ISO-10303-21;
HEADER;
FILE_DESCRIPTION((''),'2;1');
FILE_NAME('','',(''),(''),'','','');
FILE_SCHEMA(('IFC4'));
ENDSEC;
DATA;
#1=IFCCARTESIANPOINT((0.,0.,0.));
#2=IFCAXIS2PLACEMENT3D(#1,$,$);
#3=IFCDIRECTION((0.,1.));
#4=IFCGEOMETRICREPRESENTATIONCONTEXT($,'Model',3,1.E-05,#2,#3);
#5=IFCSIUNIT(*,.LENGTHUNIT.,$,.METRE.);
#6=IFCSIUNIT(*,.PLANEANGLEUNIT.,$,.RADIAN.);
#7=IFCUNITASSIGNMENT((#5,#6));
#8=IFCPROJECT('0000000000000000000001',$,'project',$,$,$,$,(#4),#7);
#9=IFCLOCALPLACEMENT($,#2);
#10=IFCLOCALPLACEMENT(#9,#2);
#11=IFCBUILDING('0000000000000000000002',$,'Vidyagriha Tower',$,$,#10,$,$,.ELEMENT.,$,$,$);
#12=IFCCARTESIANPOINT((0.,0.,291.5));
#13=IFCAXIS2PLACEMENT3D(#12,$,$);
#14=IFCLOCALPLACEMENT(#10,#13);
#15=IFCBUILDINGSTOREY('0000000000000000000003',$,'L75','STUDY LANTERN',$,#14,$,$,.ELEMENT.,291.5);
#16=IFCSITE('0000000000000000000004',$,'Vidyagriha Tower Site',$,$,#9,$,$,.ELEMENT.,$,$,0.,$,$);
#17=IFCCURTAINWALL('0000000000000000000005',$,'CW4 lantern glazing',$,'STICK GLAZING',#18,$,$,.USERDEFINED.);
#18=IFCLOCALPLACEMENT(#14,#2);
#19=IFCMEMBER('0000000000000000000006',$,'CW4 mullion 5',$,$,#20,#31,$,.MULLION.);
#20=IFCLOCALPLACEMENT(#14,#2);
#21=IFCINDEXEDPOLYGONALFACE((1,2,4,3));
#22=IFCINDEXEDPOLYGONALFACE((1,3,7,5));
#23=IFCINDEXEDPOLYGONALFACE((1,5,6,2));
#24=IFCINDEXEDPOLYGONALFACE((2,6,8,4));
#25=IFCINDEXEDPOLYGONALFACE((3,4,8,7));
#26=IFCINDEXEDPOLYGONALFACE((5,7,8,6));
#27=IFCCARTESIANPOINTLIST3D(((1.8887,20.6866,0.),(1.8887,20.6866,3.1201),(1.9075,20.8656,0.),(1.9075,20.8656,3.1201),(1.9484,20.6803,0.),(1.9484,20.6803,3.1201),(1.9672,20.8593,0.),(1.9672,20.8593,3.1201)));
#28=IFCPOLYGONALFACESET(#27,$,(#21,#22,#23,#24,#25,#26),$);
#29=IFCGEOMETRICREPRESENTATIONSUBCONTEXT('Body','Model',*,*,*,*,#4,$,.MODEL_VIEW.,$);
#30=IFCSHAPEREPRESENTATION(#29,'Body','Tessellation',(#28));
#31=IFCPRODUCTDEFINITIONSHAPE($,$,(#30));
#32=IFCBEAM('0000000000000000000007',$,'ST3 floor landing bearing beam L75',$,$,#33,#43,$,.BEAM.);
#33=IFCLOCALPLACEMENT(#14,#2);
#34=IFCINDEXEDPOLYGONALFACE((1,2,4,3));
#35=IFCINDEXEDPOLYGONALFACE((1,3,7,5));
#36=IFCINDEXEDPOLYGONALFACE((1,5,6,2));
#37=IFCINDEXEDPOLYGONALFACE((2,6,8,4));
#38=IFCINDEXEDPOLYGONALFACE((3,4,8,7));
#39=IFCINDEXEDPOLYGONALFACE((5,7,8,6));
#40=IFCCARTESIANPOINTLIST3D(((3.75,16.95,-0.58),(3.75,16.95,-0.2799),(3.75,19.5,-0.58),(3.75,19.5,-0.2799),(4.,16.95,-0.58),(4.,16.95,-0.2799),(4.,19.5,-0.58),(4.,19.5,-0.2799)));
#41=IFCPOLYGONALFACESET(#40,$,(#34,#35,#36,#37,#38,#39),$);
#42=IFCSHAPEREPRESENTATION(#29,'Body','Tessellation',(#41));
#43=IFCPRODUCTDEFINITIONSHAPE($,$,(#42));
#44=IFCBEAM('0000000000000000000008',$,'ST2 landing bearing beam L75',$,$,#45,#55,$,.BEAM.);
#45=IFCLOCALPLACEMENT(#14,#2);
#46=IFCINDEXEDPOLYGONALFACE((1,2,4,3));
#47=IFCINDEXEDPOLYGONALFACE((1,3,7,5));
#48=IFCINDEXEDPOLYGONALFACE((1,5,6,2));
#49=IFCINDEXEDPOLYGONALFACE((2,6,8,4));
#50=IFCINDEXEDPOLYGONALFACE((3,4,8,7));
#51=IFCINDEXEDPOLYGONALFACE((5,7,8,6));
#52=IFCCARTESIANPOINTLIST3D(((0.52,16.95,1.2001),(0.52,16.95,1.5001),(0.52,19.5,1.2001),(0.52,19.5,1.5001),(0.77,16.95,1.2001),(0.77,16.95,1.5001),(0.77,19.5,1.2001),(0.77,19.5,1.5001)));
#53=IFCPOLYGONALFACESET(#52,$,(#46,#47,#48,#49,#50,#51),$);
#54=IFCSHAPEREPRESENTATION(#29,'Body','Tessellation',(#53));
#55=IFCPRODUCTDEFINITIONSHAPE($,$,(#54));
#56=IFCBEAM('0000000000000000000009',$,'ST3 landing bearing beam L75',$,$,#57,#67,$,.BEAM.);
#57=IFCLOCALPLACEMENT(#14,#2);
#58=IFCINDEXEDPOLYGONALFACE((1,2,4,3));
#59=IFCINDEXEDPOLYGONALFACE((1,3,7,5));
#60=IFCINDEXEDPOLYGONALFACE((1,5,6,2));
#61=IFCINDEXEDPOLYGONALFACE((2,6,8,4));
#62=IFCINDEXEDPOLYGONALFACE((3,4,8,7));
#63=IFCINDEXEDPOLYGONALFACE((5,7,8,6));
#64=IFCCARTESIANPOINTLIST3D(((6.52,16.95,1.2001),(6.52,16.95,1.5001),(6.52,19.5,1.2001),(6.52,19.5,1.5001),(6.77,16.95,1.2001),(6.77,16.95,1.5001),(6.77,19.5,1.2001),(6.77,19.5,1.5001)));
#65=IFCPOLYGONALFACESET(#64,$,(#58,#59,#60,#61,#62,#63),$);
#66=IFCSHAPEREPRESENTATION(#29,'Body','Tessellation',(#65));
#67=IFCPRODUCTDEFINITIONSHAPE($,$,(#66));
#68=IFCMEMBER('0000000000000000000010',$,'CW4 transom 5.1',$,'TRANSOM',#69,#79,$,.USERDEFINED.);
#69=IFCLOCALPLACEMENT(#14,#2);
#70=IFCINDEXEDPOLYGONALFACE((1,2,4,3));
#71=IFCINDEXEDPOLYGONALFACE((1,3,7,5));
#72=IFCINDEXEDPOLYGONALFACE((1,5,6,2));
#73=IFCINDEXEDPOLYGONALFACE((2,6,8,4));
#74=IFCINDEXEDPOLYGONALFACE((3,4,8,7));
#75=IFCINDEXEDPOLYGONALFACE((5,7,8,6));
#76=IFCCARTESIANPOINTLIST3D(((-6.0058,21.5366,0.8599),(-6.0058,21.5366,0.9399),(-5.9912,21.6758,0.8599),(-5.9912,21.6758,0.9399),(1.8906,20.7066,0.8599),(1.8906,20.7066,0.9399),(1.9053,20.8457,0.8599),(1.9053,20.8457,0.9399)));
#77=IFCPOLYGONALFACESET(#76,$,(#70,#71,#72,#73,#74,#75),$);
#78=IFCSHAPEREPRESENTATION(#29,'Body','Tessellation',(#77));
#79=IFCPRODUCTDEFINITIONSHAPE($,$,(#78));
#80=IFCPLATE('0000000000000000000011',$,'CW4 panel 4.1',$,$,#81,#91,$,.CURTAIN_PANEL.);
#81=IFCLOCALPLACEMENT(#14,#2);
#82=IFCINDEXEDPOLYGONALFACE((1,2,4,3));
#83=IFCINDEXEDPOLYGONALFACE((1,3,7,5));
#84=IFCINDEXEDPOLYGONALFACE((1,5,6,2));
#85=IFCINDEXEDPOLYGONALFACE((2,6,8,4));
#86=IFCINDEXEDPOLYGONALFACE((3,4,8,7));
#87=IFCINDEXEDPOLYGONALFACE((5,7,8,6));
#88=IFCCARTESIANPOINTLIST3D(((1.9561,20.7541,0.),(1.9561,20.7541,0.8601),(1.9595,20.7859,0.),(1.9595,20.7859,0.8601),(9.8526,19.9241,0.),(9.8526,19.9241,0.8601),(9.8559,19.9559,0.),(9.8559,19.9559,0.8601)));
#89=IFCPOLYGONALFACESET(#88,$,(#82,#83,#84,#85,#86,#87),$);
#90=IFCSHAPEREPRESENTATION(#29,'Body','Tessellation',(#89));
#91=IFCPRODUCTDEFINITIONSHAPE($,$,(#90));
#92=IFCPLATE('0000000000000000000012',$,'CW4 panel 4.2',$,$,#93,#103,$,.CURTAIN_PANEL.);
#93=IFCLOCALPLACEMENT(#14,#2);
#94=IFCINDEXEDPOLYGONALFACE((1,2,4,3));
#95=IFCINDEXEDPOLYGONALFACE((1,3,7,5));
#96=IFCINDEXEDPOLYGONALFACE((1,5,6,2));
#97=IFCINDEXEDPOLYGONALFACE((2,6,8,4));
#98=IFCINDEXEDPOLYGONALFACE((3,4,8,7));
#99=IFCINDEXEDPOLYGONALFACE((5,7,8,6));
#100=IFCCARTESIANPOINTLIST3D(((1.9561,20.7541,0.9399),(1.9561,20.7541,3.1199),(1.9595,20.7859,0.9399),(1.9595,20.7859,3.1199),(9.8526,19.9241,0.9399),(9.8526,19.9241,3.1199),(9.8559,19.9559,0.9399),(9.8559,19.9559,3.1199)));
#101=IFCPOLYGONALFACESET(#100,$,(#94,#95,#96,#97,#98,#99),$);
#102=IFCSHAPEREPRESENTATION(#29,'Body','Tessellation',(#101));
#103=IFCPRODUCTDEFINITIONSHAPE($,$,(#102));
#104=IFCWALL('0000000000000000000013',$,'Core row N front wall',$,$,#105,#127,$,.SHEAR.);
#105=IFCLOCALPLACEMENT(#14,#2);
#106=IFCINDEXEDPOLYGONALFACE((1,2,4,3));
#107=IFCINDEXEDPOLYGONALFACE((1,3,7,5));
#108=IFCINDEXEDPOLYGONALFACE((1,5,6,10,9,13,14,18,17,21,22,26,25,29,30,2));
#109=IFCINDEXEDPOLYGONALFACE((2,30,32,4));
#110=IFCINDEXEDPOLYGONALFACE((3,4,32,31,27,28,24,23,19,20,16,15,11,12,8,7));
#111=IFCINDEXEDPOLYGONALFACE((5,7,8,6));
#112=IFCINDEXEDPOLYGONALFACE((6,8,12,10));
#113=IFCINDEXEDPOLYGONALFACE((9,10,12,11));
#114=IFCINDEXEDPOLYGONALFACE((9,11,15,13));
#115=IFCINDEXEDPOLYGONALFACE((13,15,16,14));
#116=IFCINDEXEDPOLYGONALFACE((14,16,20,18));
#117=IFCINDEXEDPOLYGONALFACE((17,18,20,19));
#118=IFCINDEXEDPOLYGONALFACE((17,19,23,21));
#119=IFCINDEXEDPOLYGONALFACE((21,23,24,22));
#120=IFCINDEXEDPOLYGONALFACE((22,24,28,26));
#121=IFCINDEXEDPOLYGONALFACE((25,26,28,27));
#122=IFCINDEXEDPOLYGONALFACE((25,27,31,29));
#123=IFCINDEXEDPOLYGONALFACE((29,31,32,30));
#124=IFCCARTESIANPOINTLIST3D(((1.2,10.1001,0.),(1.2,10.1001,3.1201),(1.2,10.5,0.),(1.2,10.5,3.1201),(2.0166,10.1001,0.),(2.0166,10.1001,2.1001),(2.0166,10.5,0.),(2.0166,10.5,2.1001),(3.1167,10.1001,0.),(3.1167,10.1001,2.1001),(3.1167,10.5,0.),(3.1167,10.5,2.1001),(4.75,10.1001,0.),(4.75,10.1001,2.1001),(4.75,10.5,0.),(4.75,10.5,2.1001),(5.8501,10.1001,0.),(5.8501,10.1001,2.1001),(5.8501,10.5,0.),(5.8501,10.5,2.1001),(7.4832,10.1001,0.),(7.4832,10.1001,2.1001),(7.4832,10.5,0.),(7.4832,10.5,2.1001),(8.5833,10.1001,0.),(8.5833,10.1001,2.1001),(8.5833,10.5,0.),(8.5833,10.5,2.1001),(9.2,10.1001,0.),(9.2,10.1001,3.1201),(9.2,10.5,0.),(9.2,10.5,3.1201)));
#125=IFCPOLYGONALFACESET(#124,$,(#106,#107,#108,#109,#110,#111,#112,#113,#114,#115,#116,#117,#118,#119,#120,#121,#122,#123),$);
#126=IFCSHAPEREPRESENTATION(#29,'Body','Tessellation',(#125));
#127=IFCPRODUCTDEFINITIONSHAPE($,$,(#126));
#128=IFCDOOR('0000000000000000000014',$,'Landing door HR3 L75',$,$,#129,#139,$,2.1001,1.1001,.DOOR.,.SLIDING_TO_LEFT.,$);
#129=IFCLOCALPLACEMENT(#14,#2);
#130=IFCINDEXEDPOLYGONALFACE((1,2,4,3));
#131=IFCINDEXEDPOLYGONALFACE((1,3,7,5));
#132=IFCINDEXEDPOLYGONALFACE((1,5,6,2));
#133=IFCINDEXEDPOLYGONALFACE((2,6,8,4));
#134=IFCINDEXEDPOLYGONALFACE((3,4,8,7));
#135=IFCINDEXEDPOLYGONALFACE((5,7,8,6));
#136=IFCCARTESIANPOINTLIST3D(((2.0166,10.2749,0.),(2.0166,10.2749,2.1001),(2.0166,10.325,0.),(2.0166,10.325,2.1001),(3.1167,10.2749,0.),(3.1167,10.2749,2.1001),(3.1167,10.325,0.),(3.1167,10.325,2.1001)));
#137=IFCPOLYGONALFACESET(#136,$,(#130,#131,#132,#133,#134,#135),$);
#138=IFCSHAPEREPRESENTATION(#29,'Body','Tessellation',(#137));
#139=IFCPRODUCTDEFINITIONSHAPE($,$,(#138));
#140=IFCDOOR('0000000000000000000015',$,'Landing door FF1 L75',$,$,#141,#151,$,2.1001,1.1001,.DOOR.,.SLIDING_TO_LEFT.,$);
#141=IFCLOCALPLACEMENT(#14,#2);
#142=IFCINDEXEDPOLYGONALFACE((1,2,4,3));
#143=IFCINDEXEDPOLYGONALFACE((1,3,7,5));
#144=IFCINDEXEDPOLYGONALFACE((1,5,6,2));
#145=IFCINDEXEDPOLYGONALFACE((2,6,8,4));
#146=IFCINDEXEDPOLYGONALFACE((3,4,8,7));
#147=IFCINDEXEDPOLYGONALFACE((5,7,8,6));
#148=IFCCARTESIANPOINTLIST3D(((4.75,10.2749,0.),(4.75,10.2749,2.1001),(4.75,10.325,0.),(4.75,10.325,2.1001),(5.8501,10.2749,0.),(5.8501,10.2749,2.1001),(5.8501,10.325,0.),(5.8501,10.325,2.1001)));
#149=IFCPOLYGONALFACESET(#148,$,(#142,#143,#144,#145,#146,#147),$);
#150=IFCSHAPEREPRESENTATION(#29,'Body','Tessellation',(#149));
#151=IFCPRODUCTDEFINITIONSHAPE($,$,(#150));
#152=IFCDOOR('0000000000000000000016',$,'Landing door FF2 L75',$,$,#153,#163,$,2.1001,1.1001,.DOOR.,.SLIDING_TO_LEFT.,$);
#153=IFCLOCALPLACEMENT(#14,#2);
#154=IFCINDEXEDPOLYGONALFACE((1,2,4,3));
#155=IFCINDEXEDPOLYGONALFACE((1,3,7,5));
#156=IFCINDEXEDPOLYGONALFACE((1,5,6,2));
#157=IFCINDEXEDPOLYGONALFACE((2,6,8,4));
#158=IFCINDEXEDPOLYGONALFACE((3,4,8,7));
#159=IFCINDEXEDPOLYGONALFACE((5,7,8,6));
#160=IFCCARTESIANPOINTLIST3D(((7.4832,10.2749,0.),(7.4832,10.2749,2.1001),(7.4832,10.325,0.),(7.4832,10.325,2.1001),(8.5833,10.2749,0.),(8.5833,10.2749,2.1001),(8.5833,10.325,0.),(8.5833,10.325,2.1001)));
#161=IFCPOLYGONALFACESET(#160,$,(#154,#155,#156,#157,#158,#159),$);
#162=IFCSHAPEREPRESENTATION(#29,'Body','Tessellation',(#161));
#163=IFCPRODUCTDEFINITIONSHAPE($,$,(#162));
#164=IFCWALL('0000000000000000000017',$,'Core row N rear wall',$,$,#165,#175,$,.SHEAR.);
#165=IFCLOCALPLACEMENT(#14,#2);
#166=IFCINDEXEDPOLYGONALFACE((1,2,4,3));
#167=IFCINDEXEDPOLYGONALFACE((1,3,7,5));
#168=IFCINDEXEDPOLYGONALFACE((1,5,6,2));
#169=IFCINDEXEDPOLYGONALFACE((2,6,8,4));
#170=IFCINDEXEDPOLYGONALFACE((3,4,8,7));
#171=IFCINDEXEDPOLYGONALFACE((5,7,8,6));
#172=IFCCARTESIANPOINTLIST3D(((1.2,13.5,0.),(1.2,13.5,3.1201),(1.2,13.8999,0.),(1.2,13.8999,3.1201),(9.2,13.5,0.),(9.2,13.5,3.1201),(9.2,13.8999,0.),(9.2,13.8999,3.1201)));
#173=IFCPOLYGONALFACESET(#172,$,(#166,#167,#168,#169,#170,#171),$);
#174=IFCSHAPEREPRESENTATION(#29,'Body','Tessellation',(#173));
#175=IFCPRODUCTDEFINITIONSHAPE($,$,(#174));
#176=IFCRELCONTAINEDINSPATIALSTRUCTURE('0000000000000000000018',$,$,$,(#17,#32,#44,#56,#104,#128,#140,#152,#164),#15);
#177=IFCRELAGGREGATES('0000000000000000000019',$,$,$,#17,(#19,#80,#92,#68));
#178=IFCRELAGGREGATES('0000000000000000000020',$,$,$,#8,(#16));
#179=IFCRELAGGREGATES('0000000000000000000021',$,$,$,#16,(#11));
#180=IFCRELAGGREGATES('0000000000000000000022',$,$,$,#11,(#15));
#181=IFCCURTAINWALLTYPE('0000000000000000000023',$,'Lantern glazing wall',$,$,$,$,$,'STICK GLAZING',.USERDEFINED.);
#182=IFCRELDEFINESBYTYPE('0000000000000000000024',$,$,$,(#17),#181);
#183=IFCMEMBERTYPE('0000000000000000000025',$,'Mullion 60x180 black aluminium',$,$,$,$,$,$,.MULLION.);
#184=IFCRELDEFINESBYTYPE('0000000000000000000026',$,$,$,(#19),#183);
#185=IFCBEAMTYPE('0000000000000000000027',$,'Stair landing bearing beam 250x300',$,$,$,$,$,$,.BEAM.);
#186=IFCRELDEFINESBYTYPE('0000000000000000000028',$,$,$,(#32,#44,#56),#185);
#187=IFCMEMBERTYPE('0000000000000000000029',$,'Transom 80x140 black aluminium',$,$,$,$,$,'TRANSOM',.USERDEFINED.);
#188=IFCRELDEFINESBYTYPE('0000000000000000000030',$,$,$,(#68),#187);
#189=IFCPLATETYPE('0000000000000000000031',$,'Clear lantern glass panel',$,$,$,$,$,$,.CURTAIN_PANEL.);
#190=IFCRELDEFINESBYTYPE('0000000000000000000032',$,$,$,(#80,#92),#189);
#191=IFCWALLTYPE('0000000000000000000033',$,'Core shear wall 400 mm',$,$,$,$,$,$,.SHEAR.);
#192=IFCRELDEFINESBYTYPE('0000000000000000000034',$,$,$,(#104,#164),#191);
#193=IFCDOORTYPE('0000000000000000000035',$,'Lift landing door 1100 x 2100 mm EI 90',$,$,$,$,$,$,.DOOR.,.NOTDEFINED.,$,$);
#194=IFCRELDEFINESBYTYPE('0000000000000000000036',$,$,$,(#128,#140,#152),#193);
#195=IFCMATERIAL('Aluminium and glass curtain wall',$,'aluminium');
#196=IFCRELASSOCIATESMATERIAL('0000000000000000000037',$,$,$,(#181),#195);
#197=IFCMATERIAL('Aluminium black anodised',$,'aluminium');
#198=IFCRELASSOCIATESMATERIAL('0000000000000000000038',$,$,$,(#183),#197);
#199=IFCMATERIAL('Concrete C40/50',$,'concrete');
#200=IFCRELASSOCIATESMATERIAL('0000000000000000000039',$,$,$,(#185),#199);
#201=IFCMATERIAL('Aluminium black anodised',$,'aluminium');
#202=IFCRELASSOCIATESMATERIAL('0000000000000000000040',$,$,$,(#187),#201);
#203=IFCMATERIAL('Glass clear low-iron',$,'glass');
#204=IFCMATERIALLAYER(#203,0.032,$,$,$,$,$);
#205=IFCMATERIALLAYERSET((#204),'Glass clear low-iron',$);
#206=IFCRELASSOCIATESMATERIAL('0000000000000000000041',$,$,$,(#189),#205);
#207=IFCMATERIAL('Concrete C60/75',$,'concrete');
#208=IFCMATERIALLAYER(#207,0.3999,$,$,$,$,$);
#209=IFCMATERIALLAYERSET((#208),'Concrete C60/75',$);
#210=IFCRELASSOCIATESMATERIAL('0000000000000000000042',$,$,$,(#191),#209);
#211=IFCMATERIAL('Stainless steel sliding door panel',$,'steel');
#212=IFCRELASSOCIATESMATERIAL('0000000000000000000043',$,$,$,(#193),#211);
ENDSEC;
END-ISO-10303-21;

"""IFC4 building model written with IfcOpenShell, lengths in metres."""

from ifc_helpers import new_model, si_unit, direction, frame, frame_2d, origin, origin_2d, place, context, subcontext, project, spatial, rectangle, extrude, material, layer, layer_set, material_profile, profile_set, type_object, element, fill, aggregate, save


model = new_model("IFC4")

# Units and contexts
model_context = context("Model", 3, precision=1e-05, world=origin(), true_north=direction((0.0, 1.0)))
body_context = subcontext(model_context, "Body", "Model", "MODEL_VIEW")
ifc_project = project(units=[si_unit("LENGTHUNIT", "METRE"), si_unit("PLANEANGLEUNIT", "RADIAN")], contexts=[model_context])

# Site, building, storey
site_placement = place(None, origin())
site = spatial("IfcSite", under=ifc_project, at=site_placement, Name="Vidyagriha Tower Site", CompositionType="ELEMENT", RefElevation=0.0)
building_placement = place(site_placement, origin())
building = spatial("IfcBuilding", under=site, at=building_placement, Name="Vidyagriha Tower", CompositionType="ELEMENT")
storey_placement = place(building_placement, frame((0.0, 0.0, 291.5)))
storey = spatial("IfcBuildingStorey", under=building, at=storey_placement, Name="L75", Description="STUDY LANTERN", CompositionType="ELEMENT", Elevation=291.5)

# Curtain wall, member
ifc_material_1 = material(Name="Aluminium and glass curtain wall", Category="aluminium")
curtain_wall_type = type_object("IfcCurtainWallType", Name="Lantern glazing wall", ElementType="STICK GLAZING", PredefinedType="USERDEFINED", material=ifc_material_1)
curtain_wall_placement = place(storey_placement, origin())
curtain_wall = element("IfcCurtainWall", 1, at=curtain_wall_placement, inside=storey, type_object=curtain_wall_type, Name="CW4 lantern glazing", ObjectType="STICK GLAZING", PredefinedType="USERDEFINED")
ifc_material_2 = material(Name="Aluminium black anodised", Category="aluminium")
ifc_material_profile_1 = material_profile(ifc_material_2, rectangle(XDim=0.1799, YDim=0.0601, at=origin_2d()), Name="Mullion 60x180 black aluminium")
ifc_profile_set_1 = profile_set([ifc_material_profile_1], Name="Aluminium black anodised")
member_type_1 = type_object("IfcMemberType", Name="Mullion 60x180 black aluminium", PredefinedType="MULLION", material=ifc_profile_set_1)
member_1_placement = place(storey_placement, frame((1.928, 20.7729, 0.0), z_axis=(0.0, 0.0, 1.0), x_axis=(-0.104528, -0.994522, 0.0)))
member_1 = element("IfcMember", 2, at=member_1_placement, type_object=member_type_1, Name="CW4 mullion 5", PredefinedType="MULLION", context=body_context, shape_type="SweptSolid", body=[
    extrude(rectangle(XDim=0.1799, YDim=0.0601, at=origin_2d()), origin(), (0.0, 0.0, 1.0), 3.1201),
])

# Beams
ifc_material_3 = material(Name="Concrete C40/50", Category="concrete")
ifc_material_profile_2 = material_profile(ifc_material_3, rectangle(XDim=0.25, YDim=0.3, at=origin_2d()), Name="Stair landing bearing beam 250x300")
ifc_profile_set_2 = profile_set([ifc_material_profile_2], Name="Concrete C40/50")
beam_type = type_object("IfcBeamType", Name="Stair landing bearing beam 250x300", PredefinedType="BEAM", material=ifc_profile_set_2)
for number, where, z_axis, x_axis, name in (
    (3, (3.875, 16.95, -0.4299), (0.0, 1.0, 0.0), (-1.0, 0.0, 0.0), "ST3 floor landing bearing beam L75"),
    (4, (0.645, 16.95, 1.3501), (0.0, 1.0, 0.0), (-1.0, 0.0, 0.0), "ST2 landing bearing beam L75"),
    (5, (6.645, 16.95, 1.3501), (0.0, 1.0, 0.0), (-1.0, 0.0, 0.0), "ST3 landing bearing beam L75"),
):
    element("IfcBeam", number, at=place(storey_placement, frame(where, z_axis=z_axis, x_axis=x_axis)), inside=storey, type_object=beam_type, Name=name, PredefinedType="BEAM", context=body_context, shape_type="SweptSolid", body=[
        extrude(rectangle(XDim=0.25, YDim=0.3, at=origin_2d()), origin(), (0.0, 0.0, 1.0), 2.55),
    ])

# Member
ifc_material_4 = material(Name="Aluminium black anodised", Category="aluminium")
ifc_material_profile_3 = material_profile(ifc_material_4, rectangle(XDim=0.1399, YDim=0.0801, at=origin_2d()), Name="Transom 80x140 black aluminium")
ifc_profile_set_3 = profile_set([ifc_material_profile_3], Name="Aluminium black anodised")
member_type_2 = type_object("IfcMemberType", Name="Transom 80x140 black aluminium", ElementType="TRANSOM", PredefinedType="USERDEFINED", material=ifc_profile_set_3)
member_2_placement = place(storey_placement, frame((1.8979, 20.7761, 0.8999), z_axis=(-0.99452, 0.104544, 0.0), x_axis=(-0.104544, -0.99452, 0.0)))
member_2 = element("IfcMember", 6, at=member_2_placement, type_object=member_type_2, Name="CW4 transom 5.1", ObjectType="TRANSOM", PredefinedType="USERDEFINED", context=body_context, shape_type="SweptSolid", body=[
    extrude(rectangle(XDim=0.1399, YDim=0.0801, at=origin_2d()), origin(), (0.0, 0.0, 1.0), 7.9399),
])

# Plates
ifc_material_5 = material(Name="Glass clear low-iron", Category="glass")
ifc_layer_1 = layer(ifc_material_5, 0.032)
ifc_layer_set_1 = layer_set([ifc_layer_1], Name="Glass clear low-iron")
plate_type = type_object("IfcPlateType", Name="Clear lantern glass panel", PredefinedType="CURTAIN_PANEL", material=ifc_layer_set_1)
plate_1_placement = place(storey_placement, frame((5.906, 20.355, 0.0), z_axis=(0.0, 0.0, 1.0), x_axis=(-0.994522, 0.104528, 0.0)))
plate_1 = element("IfcPlate", 7, at=plate_1_placement, type_object=plate_type, Name="CW4 panel 4.1", PredefinedType="CURTAIN_PANEL", context=body_context, shape_type="SweptSolid", body=[
    extrude(rectangle(XDim=7.9399, YDim=0.032, at=origin_2d()), origin(), (0.0, 0.0, 1.0), 0.8601),
])
plate_2_placement = place(storey_placement, frame((5.906, 20.355, 0.9399), z_axis=(0.0, 0.0, 1.0), x_axis=(-0.994522, 0.104528, 0.0)))
plate_2 = element("IfcPlate", 8, at=plate_2_placement, type_object=plate_type, Name="CW4 panel 4.2", PredefinedType="CURTAIN_PANEL", context=body_context, shape_type="SweptSolid", body=[
    extrude(rectangle(XDim=7.9399, YDim=0.032, at=origin_2d()), origin(), (0.0, 0.0, 1.0), 2.1799),
])
aggregate(curtain_wall, [member_1, plate_1, plate_2, member_2])

# Wall, openings, doors
ifc_material_6 = material(Name="Concrete C60/75", Category="concrete")
ifc_layer_2 = layer(ifc_material_6, 0.3999)
ifc_layer_set_2 = layer_set([ifc_layer_2], Name="Concrete C60/75")
wall_type_1 = type_object("IfcWallType", Name="Core shear wall 400 mm", PredefinedType="SHEAR", material=ifc_layer_set_2)
wall_1_placement = place(storey_placement, frame((1.2, 10.3, 0.0)))
wall_1 = element("IfcWall", 9, at=wall_1_placement, inside=storey, type_object=wall_type_1, Name="Core row N front wall", PredefinedType="SHEAR", context=body_context, shape_type="SweptSolid", body=[
    extrude(rectangle(XDim=8.0, YDim=0.3999, at=frame_2d((4.0, 0.0))), origin(), (0.0, 0.0, 1.0), 3.1201),
])
opening_1_placement = place(wall_1_placement, frame((0.8167, 0.0, 0.0)))
opening_1 = element("IfcOpeningElement", 10, at=opening_1_placement, cuts=wall_1, PredefinedType="OPENING", context=body_context, shape_type="SweptSolid", body=[
    extrude(rectangle(XDim=1.1001, YDim=2.1001, at=frame_2d((0.55, 1.05))), frame((0.0, 0.21, 0.0), z_axis=(0.0, -1.0, 0.0), x_axis=(1.0, 0.0, 0.0)), (0.0, 0.0, 1.0), 0.4199),
])
opening_2_placement = place(wall_1_placement, frame((3.55, 0.0, 0.0)))
opening_2 = element("IfcOpeningElement", 11, at=opening_2_placement, cuts=wall_1, PredefinedType="OPENING", context=body_context, shape_type="SweptSolid", body=[
    extrude(rectangle(XDim=1.1001, YDim=2.1001, at=frame_2d((0.55, 1.05))), frame((0.0, 0.21, 0.0), z_axis=(0.0, -1.0, 0.0), x_axis=(1.0, 0.0, 0.0)), (0.0, 0.0, 1.0), 0.4199),
])
opening_3_placement = place(wall_1_placement, frame((6.2832, 0.0, 0.0)))
opening_3 = element("IfcOpeningElement", 12, at=opening_3_placement, cuts=wall_1, PredefinedType="OPENING", context=body_context, shape_type="SweptSolid", body=[
    extrude(rectangle(XDim=1.1001, YDim=2.1001, at=frame_2d((0.55, 1.05))), frame((0.0, 0.21, 0.0), z_axis=(0.0, -1.0, 0.0), x_axis=(1.0, 0.0, 0.0)), (0.0, 0.0, 1.0), 0.4199),
])
ifc_material_7 = material(Name="Stainless steel sliding door panel", Category="steel")
door_type_1 = type_object("IfcDoorType", Name="Lift landing door 1100 x 2100 mm EI 90", OperationType="NOTDEFINED", PredefinedType="DOOR", material=ifc_material_7)
door_1_placement = place(opening_1_placement, origin())
door_1 = element("IfcDoor", 13, at=door_1_placement, inside=storey, type_object=door_type_1, Name="Landing door HR3 L75", OperationType="SLIDING_TO_LEFT", OverallHeight=2.1001, OverallWidth=1.1001, PredefinedType="DOOR", context=body_context, shape_type="SweptSolid", body=[
    extrude(rectangle(XDim=1.1001, YDim=2.1001, at=frame_2d((0.55, 1.05))), frame((0.0, 0.0249, 0.0), z_axis=(0.0, -1.0, 0.0), x_axis=(1.0, 0.0, 0.0)), (0.0, 0.0, 1.0), 0.05),
])
fill(opening_1, door_1)
door_2_placement = place(opening_2_placement, origin())
door_2 = element("IfcDoor", 14, at=door_2_placement, inside=storey, type_object=door_type_1, Name="Landing door FF1 L75", OperationType="SLIDING_TO_LEFT", OverallHeight=2.1001, OverallWidth=1.1001, PredefinedType="DOOR", context=body_context, shape_type="SweptSolid", body=[
    extrude(rectangle(XDim=1.1001, YDim=2.1001, at=frame_2d((0.55, 1.05))), frame((0.0, 0.0249, 0.0), z_axis=(0.0, -1.0, 0.0), x_axis=(1.0, 0.0, 0.0)), (0.0, 0.0, 1.0), 0.05),
])
fill(opening_2, door_2)
door_3_placement = place(opening_3_placement, origin())
door_3 = element("IfcDoor", 15, at=door_3_placement, inside=storey, type_object=door_type_1, Name="Landing door FF2 L75", OperationType="SLIDING_TO_LEFT", OverallHeight=2.1001, OverallWidth=1.1001, PredefinedType="DOOR", context=body_context, shape_type="SweptSolid", body=[
    extrude(rectangle(XDim=1.1001, YDim=2.1001, at=frame_2d((0.55, 1.05))), frame((0.0, 0.0249, 0.0), z_axis=(0.0, -1.0, 0.0), x_axis=(1.0, 0.0, 0.0)), (0.0, 0.0, 1.0), 0.05),
])
fill(opening_3, door_3)

# Wall
wall_2_placement = place(storey_placement, frame((1.2, 13.7, 0.0)))
element("IfcWall", 16, at=wall_2_placement, inside=storey, type_object=wall_type_1, Name="Core row N rear wall", PredefinedType="SHEAR", context=body_context, shape_type="SweptSolid", body=[
    extrude(rectangle(XDim=8.0, YDim=0.3999, at=frame_2d((4.0, 0.0))), origin(), (0.0, 0.0, 1.0), 3.1201),
])

save(model, "model.ifc")
